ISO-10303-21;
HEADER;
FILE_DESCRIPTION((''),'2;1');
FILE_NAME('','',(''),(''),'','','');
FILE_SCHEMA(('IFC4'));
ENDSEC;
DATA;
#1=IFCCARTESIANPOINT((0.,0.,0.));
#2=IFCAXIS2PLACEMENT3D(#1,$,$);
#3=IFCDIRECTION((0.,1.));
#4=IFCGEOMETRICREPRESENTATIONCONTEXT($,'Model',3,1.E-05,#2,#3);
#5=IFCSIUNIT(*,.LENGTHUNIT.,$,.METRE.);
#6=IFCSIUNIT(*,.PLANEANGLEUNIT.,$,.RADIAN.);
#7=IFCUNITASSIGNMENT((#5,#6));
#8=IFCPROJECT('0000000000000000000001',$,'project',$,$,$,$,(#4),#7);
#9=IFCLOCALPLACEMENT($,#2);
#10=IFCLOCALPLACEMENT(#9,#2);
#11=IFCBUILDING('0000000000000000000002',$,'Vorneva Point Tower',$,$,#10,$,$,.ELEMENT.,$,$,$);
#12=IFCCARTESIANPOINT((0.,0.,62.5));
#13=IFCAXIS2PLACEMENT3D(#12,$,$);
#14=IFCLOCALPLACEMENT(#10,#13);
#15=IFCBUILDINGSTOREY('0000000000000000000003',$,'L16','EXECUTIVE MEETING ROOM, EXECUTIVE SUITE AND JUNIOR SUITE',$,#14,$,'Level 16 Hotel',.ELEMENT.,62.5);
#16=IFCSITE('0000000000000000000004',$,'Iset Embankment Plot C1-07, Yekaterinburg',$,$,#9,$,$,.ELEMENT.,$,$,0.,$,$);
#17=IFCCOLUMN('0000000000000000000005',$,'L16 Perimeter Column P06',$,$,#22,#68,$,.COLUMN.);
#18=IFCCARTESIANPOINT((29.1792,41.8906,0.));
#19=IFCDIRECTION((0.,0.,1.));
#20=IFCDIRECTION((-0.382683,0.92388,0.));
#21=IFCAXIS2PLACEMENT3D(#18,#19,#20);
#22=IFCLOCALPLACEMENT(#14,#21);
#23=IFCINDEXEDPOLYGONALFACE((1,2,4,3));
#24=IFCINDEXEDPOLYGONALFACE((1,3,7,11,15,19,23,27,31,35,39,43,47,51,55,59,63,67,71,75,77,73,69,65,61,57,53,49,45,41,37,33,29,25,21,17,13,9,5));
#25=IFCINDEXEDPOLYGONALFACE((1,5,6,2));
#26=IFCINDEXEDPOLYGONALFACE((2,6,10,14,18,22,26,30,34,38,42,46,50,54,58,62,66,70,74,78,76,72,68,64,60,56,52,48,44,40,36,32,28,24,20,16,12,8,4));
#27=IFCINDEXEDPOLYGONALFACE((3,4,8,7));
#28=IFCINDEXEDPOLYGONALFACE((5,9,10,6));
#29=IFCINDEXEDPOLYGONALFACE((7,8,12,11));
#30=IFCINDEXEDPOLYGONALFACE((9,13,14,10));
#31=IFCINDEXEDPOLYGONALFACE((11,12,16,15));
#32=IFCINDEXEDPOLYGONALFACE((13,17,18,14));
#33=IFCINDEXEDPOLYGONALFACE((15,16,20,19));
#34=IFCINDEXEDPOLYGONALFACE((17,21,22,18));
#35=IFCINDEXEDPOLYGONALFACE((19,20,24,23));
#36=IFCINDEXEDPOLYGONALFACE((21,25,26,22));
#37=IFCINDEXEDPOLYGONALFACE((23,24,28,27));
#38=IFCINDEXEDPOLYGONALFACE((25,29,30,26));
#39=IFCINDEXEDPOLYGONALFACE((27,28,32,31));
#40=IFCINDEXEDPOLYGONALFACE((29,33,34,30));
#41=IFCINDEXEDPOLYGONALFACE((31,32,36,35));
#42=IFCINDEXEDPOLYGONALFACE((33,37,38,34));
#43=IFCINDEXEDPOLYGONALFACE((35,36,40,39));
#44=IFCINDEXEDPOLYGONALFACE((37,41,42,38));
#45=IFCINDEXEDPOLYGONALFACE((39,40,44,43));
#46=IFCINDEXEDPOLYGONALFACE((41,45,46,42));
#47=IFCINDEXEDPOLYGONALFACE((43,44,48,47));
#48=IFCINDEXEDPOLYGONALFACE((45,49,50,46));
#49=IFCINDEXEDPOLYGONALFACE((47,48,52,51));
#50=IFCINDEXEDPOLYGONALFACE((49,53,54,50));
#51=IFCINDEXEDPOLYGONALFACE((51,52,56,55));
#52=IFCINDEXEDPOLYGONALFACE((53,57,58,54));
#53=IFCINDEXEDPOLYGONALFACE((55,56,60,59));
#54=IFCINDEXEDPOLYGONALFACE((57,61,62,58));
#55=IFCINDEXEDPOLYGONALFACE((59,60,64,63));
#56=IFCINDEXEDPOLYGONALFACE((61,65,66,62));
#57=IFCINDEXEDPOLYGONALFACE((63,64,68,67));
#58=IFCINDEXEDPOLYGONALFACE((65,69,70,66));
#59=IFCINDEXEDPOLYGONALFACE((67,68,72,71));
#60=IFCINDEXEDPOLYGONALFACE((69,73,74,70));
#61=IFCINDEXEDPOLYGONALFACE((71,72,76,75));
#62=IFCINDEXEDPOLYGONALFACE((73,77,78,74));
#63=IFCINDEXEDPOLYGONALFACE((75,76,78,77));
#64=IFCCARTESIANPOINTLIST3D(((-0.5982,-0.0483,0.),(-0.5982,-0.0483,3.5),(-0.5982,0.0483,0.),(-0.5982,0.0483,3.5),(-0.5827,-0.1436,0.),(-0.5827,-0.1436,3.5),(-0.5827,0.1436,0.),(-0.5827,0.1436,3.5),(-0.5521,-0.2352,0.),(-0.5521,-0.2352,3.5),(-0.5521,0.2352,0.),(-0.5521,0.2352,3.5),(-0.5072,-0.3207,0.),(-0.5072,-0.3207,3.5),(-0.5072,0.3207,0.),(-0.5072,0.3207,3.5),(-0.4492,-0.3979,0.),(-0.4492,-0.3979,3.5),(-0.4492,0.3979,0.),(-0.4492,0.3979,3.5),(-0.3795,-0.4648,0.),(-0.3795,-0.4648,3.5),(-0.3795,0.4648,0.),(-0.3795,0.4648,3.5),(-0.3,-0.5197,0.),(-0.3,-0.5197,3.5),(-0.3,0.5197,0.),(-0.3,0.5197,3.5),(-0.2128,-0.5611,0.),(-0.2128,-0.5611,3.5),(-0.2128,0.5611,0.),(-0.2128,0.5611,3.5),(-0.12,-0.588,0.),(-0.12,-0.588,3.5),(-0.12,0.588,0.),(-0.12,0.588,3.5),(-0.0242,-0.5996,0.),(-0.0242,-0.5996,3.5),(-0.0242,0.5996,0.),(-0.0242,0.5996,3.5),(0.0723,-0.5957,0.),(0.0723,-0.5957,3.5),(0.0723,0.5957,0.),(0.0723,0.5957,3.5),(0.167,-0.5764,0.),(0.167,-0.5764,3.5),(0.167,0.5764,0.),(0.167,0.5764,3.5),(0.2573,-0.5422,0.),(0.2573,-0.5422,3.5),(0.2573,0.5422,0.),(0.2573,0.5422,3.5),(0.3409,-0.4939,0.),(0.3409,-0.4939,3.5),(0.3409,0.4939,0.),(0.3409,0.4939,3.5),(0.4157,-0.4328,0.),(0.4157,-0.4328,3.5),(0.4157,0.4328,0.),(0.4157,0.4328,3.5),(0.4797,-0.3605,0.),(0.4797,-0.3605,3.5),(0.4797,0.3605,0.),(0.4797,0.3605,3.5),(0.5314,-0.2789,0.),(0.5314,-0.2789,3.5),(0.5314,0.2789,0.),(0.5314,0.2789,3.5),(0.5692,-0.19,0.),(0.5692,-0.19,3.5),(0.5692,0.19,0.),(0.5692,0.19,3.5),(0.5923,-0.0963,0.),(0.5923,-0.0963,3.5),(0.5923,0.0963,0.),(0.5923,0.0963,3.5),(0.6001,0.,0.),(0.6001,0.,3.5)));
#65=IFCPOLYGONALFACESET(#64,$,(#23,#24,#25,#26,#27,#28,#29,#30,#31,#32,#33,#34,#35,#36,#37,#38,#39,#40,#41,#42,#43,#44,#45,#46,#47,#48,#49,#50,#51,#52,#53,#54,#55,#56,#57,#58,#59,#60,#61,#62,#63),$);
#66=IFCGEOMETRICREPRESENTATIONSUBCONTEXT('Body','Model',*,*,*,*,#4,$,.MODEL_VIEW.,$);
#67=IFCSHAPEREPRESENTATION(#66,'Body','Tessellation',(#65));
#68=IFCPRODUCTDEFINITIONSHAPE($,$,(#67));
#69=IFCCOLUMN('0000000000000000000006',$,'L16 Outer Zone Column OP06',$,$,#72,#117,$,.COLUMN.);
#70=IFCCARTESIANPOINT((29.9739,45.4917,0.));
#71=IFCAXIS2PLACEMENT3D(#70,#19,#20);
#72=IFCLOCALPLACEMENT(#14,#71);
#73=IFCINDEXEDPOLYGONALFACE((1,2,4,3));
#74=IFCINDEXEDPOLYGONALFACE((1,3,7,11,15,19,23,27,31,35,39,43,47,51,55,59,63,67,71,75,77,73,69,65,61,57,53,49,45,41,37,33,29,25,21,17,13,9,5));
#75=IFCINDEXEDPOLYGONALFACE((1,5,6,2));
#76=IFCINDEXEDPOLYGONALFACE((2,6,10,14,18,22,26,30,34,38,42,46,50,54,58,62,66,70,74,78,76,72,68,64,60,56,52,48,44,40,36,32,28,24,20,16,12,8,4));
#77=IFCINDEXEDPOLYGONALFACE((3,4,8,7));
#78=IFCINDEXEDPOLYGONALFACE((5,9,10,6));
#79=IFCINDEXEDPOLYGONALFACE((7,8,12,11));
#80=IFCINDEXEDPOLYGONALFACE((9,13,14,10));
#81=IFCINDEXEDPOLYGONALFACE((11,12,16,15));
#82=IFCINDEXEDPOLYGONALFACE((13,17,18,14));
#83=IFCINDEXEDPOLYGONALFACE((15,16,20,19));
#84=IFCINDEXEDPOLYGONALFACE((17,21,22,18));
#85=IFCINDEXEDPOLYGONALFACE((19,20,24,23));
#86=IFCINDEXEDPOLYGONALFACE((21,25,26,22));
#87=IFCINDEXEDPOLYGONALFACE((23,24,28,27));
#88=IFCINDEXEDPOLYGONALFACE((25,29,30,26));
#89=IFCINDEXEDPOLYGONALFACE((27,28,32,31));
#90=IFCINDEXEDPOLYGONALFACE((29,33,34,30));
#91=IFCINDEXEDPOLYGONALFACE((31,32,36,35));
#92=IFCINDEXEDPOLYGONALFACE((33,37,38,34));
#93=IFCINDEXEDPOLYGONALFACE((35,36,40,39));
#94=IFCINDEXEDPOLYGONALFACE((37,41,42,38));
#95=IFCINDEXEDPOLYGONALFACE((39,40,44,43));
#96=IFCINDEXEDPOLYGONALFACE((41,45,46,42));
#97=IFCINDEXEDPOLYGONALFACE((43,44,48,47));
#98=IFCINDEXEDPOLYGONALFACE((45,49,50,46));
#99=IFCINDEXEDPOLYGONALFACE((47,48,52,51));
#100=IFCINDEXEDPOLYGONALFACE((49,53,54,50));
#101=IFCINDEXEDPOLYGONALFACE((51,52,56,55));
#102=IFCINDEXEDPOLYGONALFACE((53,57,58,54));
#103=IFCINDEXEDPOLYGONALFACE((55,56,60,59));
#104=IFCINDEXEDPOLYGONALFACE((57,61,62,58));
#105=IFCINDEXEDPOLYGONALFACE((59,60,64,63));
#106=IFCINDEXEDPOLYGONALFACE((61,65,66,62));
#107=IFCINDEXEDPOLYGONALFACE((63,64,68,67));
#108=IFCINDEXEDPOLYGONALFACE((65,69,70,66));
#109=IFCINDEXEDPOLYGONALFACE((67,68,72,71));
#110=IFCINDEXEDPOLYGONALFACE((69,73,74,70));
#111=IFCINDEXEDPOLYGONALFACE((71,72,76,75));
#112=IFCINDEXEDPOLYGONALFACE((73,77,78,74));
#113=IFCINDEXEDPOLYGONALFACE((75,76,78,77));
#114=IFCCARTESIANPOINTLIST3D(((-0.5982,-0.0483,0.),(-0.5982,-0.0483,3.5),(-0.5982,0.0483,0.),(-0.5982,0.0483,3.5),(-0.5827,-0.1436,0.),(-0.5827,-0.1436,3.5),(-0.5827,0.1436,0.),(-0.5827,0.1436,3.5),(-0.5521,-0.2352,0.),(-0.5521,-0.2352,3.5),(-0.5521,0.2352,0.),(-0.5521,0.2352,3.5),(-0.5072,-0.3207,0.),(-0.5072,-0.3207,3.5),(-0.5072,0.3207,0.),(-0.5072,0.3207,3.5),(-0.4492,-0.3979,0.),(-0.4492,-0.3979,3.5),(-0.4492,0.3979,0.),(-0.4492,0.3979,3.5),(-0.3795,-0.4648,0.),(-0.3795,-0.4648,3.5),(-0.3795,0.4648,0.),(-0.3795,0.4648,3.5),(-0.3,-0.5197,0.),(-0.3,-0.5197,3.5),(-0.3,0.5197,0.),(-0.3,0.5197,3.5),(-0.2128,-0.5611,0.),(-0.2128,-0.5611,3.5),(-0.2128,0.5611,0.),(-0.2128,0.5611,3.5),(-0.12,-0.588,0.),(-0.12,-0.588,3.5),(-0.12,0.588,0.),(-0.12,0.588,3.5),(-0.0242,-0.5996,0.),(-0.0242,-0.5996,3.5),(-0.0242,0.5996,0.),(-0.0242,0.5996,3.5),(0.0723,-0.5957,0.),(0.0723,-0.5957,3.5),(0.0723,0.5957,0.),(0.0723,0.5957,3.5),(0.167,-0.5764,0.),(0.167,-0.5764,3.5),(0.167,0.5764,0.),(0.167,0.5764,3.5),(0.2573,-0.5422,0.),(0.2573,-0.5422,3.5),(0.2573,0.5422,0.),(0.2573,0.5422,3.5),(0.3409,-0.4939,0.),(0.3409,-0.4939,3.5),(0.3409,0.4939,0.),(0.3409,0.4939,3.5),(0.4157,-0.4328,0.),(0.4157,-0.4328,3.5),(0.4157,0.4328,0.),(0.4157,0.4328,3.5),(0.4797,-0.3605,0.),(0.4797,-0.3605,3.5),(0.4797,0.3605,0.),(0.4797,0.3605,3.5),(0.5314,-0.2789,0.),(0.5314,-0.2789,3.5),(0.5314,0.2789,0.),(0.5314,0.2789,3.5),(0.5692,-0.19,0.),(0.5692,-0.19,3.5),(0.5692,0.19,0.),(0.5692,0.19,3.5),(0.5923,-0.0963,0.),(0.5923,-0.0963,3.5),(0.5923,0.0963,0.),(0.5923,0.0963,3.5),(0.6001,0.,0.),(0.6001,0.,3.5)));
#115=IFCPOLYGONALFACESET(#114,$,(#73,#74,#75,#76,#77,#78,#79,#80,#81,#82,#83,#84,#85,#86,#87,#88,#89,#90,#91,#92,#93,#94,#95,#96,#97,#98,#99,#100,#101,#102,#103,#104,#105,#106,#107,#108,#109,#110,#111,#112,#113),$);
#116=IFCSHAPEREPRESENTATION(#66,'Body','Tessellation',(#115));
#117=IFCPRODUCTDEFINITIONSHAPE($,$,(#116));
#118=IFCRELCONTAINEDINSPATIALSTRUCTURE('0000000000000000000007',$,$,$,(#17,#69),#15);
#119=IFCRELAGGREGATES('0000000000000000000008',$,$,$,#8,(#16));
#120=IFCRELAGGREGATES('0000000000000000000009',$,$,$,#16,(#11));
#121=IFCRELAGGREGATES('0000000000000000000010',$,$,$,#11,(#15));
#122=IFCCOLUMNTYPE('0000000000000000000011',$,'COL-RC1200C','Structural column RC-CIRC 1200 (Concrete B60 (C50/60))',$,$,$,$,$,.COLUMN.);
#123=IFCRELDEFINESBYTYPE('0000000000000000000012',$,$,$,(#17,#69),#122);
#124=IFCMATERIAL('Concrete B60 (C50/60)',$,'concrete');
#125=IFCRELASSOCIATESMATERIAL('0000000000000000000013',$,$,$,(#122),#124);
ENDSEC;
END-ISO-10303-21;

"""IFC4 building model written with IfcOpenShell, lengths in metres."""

from ifc_helpers import new_model, si_unit, direction, frame, origin, origin_2d, place, context, subcontext, project, spatial, circle, extrude, material, material_profile, profile_set, type_object, element, save


model = new_model("IFC4")

# Units and contexts
model_context = context("Model", 3, precision=1e-05, world=origin(), true_north=direction((0.0, 1.0)))
body_context = subcontext(model_context, "Body", "Model", "MODEL_VIEW")
ifc_project = project(units=[si_unit("LENGTHUNIT", "METRE"), si_unit("PLANEANGLEUNIT", "RADIAN")], contexts=[model_context])

# Site, building, storey
site_placement = place(None, origin())
site = spatial("IfcSite", under=ifc_project, at=site_placement, Name="Iset Embankment Plot C1-07, Yekaterinburg", CompositionType="ELEMENT", RefElevation=0.0)
building_placement = place(site_placement, origin())
building = spatial("IfcBuilding", under=site, at=building_placement, Name="Vorneva Point Tower", CompositionType="ELEMENT")
storey_placement = place(building_placement, frame((0.0, 0.0, 62.5)))
storey = spatial("IfcBuildingStorey", under=building, at=storey_placement, Name="L16", Description="EXECUTIVE MEETING ROOM, EXECUTIVE SUITE AND JUNIOR SUITE", LongName="Level 16 Hotel", CompositionType="ELEMENT", Elevation=62.5)

# Columns
ifc_material_1 = material(Name="Concrete B60 (C50/60)", Category="concrete")
ifc_material_profile_1 = material_profile(ifc_material_1, circle(Radius=0.6001, at=origin_2d()), Name="RC-CIRC 1200")
ifc_profile_set_1 = profile_set([ifc_material_profile_1], Name="Concrete B60 (C50/60)")
column_type = type_object("IfcColumnType", Name="COL-RC1200C", Description="Structural column RC-CIRC 1200 (Concrete B60 (C50/60))", PredefinedType="COLUMN", material=ifc_profile_set_1)
for number, where, z_axis, x_axis, name in (
    (1, (29.1792, 41.8906, 0.0), (0.0, 0.0, 1.0), (-0.382683, 0.92388, 0.0), "L16 Perimeter Column P06"),
    (2, (29.9739, 45.4917, 0.0), (0.0, 0.0, 1.0), (-0.382683, 0.92388, 0.0), "L16 Outer Zone Column OP06"),
):
    element("IfcColumn", number, at=place(storey_placement, frame(where, z_axis=z_axis, x_axis=x_axis)), inside=storey, type_object=column_type, Name=name, PredefinedType="COLUMN", context=body_context, shape_type="SweptSolid", body=[
        extrude(circle(Radius=0.6001, at=origin_2d()), origin(), (0.0, 0.0, 1.0), 3.5),
    ])

save(model, "model.ifc")
